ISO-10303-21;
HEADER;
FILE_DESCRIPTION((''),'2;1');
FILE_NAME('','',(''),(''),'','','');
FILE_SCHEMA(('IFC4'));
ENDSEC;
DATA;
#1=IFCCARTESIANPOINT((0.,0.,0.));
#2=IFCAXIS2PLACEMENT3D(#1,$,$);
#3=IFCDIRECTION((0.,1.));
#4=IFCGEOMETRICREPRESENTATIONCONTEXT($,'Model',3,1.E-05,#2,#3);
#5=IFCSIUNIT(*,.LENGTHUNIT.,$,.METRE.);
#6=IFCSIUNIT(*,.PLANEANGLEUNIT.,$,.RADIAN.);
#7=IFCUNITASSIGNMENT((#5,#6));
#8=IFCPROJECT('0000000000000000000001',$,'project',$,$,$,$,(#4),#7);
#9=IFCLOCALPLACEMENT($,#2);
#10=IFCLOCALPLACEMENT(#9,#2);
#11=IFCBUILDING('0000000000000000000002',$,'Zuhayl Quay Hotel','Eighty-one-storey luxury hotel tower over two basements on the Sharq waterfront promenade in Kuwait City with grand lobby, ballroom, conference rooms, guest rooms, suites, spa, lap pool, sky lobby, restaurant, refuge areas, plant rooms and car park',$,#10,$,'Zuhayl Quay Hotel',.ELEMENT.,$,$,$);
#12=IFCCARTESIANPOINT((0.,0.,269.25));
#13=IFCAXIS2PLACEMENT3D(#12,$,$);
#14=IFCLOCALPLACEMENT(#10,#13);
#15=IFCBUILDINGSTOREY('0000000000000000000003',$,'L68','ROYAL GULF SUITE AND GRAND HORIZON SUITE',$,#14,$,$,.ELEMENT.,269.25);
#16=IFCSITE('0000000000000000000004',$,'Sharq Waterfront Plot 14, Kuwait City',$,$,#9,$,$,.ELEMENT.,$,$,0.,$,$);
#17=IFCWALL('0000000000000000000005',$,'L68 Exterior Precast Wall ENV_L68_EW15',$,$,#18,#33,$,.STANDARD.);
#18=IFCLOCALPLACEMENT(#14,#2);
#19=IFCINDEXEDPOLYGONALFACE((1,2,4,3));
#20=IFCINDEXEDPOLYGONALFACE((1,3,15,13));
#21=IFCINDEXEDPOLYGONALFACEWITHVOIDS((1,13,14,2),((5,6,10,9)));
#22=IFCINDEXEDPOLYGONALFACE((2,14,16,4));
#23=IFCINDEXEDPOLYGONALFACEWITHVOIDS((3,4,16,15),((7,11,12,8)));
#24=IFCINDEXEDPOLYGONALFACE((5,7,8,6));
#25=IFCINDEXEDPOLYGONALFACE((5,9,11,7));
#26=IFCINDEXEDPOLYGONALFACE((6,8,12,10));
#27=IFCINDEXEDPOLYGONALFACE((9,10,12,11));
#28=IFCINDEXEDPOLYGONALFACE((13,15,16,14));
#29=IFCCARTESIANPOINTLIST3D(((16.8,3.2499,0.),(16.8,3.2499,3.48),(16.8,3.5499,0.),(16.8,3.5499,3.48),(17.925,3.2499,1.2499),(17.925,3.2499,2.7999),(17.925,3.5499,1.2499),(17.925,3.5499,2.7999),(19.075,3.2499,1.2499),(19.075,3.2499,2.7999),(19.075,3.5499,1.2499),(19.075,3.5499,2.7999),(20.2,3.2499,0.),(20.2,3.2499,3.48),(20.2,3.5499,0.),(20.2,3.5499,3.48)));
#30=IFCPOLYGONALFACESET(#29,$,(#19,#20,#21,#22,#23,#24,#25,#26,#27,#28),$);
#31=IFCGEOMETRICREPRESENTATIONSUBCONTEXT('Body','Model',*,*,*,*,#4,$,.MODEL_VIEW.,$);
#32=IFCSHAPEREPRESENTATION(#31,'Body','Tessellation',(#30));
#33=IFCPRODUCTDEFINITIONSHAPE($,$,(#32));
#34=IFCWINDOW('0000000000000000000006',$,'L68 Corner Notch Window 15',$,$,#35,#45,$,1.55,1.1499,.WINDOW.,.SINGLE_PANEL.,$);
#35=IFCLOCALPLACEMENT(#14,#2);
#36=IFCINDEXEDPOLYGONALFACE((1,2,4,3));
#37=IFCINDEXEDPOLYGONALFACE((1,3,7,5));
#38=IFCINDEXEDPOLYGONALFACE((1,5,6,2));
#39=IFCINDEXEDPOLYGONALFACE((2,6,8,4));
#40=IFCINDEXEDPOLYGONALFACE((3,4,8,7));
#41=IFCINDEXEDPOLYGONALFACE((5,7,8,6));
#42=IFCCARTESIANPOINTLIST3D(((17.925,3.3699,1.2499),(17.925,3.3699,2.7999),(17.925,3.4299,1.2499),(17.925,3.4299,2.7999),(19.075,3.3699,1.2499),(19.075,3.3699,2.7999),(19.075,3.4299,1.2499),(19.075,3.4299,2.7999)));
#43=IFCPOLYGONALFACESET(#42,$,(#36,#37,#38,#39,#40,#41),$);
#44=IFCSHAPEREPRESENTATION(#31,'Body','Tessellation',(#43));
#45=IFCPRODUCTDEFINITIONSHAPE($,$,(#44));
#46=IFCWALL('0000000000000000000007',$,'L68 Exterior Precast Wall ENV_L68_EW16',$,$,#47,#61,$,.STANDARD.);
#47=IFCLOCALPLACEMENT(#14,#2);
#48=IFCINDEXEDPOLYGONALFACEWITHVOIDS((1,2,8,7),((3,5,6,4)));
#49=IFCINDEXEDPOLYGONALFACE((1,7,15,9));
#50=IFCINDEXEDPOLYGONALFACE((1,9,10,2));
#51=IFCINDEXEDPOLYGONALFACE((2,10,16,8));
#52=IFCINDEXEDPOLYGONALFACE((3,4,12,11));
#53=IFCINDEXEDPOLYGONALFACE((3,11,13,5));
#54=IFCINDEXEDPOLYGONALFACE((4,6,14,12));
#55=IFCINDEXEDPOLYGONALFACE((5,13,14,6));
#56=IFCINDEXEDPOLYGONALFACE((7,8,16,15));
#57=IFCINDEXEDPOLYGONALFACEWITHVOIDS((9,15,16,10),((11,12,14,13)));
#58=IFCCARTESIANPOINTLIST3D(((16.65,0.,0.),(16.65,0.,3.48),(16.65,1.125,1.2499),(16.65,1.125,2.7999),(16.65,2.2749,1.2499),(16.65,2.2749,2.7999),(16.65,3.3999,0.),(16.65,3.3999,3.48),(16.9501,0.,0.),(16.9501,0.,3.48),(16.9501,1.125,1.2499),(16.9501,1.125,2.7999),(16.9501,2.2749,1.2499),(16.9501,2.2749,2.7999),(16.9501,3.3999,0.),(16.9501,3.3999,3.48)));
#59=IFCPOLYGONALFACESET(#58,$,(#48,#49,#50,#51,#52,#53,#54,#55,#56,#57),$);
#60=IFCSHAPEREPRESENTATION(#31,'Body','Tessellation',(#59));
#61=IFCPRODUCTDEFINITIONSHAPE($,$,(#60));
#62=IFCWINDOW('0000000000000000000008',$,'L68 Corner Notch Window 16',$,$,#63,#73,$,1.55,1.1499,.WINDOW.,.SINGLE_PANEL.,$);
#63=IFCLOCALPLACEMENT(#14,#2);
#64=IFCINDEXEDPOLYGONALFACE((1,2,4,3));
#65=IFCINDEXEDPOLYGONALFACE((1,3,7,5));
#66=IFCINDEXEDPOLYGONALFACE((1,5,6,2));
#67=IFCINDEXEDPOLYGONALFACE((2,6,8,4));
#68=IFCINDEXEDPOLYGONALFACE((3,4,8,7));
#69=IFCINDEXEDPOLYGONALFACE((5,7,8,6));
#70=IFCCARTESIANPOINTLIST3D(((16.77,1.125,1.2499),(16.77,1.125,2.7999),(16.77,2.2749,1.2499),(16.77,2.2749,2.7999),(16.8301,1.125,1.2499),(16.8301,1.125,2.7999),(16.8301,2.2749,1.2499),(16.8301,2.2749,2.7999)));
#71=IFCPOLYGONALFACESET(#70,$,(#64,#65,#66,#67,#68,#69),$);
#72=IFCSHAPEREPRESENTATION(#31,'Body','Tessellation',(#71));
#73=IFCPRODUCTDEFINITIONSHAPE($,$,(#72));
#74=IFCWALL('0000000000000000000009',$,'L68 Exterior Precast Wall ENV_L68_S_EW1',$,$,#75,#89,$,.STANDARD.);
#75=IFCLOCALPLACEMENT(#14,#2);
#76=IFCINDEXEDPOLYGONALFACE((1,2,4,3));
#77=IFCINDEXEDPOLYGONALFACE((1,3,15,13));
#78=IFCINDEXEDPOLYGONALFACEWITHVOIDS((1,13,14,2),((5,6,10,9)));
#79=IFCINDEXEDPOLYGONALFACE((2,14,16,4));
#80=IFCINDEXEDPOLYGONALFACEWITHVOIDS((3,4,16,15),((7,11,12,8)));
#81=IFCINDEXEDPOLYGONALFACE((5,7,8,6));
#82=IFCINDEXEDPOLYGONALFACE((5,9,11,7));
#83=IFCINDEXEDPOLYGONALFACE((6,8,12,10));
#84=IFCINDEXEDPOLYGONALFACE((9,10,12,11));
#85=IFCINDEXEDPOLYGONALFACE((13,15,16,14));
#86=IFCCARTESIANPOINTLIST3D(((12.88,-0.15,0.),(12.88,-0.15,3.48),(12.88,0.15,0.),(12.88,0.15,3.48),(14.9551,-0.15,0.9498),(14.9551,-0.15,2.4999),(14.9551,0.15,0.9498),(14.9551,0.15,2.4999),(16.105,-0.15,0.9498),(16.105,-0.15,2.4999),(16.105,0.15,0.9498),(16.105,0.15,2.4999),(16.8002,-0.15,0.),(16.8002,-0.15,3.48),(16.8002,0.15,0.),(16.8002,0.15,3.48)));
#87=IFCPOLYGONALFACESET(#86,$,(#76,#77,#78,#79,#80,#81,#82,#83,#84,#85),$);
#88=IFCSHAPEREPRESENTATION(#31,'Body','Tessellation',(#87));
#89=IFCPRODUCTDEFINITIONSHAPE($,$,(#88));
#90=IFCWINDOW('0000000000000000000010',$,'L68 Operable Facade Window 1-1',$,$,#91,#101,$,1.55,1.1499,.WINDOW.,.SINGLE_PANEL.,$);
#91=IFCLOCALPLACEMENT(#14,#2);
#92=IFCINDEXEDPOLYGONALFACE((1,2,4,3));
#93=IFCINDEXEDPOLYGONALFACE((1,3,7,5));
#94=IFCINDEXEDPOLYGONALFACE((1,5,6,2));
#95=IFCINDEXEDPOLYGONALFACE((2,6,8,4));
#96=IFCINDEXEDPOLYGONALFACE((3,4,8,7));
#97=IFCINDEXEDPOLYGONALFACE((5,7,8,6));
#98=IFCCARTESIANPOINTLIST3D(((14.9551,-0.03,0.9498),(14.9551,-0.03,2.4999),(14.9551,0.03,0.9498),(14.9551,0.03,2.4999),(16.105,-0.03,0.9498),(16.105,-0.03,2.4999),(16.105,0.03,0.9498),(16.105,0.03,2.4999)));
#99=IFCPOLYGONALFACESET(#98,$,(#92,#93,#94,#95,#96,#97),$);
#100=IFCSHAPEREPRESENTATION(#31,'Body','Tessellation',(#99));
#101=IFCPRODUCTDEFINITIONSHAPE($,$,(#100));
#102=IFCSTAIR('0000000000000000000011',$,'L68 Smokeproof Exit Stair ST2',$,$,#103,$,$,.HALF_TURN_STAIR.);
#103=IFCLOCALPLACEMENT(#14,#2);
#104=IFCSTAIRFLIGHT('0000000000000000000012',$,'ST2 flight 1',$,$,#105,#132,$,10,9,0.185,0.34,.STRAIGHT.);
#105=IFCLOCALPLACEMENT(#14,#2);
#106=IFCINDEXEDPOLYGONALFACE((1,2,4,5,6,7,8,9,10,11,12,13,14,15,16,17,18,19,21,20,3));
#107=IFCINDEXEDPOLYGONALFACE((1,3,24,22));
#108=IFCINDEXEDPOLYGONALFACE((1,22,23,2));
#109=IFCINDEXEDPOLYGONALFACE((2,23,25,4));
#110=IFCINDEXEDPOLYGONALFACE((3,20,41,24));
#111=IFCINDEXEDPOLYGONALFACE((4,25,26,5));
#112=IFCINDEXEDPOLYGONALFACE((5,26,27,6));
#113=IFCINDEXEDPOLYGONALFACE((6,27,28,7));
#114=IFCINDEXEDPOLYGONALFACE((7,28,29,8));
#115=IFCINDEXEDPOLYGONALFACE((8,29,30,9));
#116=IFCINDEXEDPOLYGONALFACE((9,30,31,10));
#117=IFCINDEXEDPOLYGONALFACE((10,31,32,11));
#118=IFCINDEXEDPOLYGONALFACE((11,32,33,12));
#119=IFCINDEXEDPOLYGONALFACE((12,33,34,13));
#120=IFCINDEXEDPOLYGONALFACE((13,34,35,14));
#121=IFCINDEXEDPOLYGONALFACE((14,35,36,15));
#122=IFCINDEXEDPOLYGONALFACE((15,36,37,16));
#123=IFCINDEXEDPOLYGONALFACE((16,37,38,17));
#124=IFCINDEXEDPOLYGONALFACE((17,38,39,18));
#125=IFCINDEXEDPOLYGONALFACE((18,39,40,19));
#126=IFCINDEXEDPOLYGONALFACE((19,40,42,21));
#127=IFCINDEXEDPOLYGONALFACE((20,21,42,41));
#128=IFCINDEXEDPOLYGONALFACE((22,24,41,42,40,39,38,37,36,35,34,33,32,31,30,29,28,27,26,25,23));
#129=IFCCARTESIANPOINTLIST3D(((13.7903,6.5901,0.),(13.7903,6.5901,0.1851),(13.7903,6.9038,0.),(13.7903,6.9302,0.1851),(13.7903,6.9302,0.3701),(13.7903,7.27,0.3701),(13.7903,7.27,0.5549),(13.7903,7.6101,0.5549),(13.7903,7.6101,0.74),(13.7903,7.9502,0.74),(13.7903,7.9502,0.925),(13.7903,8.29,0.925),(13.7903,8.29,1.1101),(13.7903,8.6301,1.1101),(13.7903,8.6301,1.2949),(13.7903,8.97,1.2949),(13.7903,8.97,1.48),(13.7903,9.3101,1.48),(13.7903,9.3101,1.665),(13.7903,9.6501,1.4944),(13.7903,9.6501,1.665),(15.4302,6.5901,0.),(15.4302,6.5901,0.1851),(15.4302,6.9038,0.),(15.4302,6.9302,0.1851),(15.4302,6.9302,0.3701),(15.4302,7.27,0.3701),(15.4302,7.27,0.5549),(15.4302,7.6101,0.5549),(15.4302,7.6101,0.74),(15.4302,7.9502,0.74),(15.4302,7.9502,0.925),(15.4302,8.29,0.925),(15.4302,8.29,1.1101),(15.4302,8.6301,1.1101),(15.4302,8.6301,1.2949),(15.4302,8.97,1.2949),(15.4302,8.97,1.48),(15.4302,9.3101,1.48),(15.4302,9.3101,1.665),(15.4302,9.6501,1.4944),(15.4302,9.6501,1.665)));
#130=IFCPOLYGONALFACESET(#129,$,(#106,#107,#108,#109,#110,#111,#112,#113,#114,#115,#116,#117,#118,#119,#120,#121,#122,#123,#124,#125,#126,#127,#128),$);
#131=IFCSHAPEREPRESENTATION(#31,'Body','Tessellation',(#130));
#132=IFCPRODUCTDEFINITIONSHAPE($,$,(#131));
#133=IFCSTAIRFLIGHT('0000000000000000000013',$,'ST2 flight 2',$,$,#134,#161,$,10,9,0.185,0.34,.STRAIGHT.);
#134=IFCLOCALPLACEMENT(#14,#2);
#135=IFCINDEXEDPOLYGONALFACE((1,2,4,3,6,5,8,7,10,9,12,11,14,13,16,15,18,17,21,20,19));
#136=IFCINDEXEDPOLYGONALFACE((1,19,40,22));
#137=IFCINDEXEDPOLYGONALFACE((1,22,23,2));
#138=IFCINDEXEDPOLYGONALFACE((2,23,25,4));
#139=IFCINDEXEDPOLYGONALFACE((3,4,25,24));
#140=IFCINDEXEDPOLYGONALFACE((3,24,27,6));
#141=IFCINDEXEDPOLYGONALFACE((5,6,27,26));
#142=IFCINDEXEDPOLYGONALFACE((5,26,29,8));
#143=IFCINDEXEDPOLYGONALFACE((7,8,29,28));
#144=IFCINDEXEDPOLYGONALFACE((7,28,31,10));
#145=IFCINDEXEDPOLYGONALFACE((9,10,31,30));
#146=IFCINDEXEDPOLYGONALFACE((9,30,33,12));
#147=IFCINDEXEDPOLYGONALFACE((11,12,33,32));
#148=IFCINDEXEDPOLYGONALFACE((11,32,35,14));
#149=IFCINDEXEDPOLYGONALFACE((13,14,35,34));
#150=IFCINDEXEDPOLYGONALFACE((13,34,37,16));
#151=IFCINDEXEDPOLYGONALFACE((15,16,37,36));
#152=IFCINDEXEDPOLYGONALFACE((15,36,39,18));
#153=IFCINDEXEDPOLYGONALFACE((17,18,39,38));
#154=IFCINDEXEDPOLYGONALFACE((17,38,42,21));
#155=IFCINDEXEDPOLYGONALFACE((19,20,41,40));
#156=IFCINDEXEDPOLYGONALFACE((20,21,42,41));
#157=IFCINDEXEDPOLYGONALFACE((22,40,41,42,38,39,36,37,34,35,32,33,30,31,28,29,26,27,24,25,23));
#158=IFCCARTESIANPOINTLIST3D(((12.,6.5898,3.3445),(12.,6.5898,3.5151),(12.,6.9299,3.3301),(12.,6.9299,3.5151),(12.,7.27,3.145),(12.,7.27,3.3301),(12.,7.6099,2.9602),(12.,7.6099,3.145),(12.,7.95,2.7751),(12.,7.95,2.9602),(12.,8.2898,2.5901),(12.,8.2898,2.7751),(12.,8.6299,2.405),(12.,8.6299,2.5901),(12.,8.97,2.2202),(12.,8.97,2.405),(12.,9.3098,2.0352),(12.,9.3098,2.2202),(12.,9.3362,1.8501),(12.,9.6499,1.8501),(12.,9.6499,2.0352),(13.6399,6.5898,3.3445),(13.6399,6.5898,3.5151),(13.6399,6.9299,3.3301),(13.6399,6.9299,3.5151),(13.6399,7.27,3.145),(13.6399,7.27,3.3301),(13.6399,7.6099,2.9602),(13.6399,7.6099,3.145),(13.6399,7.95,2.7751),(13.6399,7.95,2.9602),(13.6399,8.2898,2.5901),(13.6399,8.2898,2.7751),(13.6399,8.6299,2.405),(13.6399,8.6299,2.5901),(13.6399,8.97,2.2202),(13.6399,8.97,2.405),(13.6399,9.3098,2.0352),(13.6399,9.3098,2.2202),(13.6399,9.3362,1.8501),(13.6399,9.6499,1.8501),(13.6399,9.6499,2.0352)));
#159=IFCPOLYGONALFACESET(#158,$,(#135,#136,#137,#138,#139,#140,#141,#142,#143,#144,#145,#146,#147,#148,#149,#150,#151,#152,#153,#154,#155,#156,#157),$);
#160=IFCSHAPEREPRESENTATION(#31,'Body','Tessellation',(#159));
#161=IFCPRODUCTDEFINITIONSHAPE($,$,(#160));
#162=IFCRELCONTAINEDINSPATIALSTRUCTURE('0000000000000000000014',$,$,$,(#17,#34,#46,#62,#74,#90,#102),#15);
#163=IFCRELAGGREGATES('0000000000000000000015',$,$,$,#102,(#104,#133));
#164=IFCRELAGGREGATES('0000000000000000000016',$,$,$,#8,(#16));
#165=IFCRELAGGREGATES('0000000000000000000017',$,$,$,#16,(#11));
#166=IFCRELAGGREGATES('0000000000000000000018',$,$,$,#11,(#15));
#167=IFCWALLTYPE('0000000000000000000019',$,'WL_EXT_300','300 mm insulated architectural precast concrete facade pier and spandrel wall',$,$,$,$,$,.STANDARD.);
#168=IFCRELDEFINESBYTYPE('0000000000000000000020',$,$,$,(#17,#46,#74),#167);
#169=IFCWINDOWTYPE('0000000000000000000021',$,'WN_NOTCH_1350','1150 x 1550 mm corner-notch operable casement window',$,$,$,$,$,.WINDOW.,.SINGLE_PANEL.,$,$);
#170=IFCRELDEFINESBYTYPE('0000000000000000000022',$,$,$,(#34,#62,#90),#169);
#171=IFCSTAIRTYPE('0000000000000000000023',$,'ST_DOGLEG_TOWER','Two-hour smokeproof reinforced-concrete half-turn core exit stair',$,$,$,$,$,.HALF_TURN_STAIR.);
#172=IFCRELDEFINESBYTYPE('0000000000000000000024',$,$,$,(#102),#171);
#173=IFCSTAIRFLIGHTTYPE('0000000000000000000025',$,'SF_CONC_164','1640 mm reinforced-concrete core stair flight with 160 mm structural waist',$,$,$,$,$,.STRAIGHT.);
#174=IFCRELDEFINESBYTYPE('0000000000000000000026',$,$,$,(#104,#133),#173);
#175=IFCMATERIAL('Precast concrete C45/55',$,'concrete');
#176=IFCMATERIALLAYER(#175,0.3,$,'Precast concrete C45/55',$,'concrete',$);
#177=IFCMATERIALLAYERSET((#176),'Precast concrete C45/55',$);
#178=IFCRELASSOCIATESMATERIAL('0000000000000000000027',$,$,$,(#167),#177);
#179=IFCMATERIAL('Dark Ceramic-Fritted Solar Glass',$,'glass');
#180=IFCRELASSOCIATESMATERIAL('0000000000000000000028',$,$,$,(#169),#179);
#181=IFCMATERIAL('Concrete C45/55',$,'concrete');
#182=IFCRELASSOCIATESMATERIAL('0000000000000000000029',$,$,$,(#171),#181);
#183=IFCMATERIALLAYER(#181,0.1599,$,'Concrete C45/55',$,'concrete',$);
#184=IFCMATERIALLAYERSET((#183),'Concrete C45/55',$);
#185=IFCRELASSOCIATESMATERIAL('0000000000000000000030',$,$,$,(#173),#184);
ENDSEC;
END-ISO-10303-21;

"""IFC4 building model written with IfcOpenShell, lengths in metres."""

from ifc_helpers import new_model, si_unit, direction, frame, frame_2d, origin, place, context, subcontext, project, spatial, polyline, rectangle, outline, extrude, material, layer, layer_set, type_object, element, fill, aggregate, save


model = new_model("IFC4")

# Units and contexts
model_context = context("Model", 3, precision=1e-05, world=origin(), true_north=direction((0.0, 1.0)))
body_context = subcontext(model_context, "Body", "Model", "MODEL_VIEW")
ifc_project = project(units=[si_unit("LENGTHUNIT", "METRE"), si_unit("PLANEANGLEUNIT", "RADIAN")], contexts=[model_context])

# Site, building, storey
site_placement = place(None, origin())
site = spatial("IfcSite", under=ifc_project, at=site_placement, Name="Sharq Waterfront Plot 14, Kuwait City", CompositionType="ELEMENT", RefElevation=0.0)
building_placement = place(site_placement, origin())
building = spatial("IfcBuilding", under=site, at=building_placement, Name="Zuhayl Quay Hotel", Description="Eighty-one-storey luxury hotel tower over two basements on the Sharq waterfront promenade in Kuwait City with grand lobby, ballroom, conference rooms, guest rooms, suites, spa, lap pool, sky lobby, restaurant, refuge areas, plant rooms and car park", LongName="Zuhayl Quay Hotel", CompositionType="ELEMENT")
storey_placement = place(building_placement, frame((0.0, 0.0, 269.25)))
storey = spatial("IfcBuildingStorey", under=building, at=storey_placement, Name="L68", Description="ROYAL GULF SUITE AND GRAND HORIZON SUITE", CompositionType="ELEMENT", Elevation=269.25)

# Shared definitions
ifc_material_1 = material(Name="Dark Ceramic-Fritted Solar Glass", Category="glass")

# Shared definitions
ifc_material_2 = material(Name="Precast concrete C45/55", Category="concrete")
ifc_layer_1 = layer(ifc_material_2, 0.3, Name="Precast concrete C45/55", Category="concrete")
ifc_layer_set_1 = layer_set([ifc_layer_1], Name="Precast concrete C45/55")
wall_type_1 = type_object("IfcWallType", Name="WL_EXT_300", Description="300 mm insulated architectural precast concrete facade pier and spandrel wall", PredefinedType="STANDARD", material=ifc_layer_set_1)

# Walls, openings, windows
wall_1_placement = place(storey_placement, frame((20.2, 3.3999, 0.0), z_axis=(0.0, 0.0, 1.0), x_axis=(-1.0, 0.0, 0.0)))
wall_1 = element("IfcWall", 1, at=wall_1_placement, inside=storey, type_object=wall_type_1, Name="L68 Exterior Precast Wall ENV_L68_EW15", PredefinedType="STANDARD", context=body_context, shape_type="SweptSolid", body=[
    extrude(rectangle(XDim=3.3999, YDim=0.3, at=frame_2d((1.7, 0.0))), origin(), (0.0, 0.0, 1.0), 3.48),
])
opening_1_placement = place(wall_1_placement, frame((1.125, 0.0, 1.25)))
opening_1 = element("IfcOpeningElement", 2, at=opening_1_placement, cuts=wall_1, PredefinedType="OPENING", context=body_context, shape_type="SweptSolid", body=[
    extrude(rectangle(XDim=1.1499, YDim=1.55, at=frame_2d((0.575, 0.7749))), frame((0.0, 0.1599, 0.0), z_axis=(0.0, -1.0, 0.0), x_axis=(1.0, 0.0, 0.0)), (0.0, 0.0, 1.0), 0.3201),
])
window_type = type_object("IfcWindowType", Name="WN_NOTCH_1350", Description="1150 x 1550 mm corner-notch operable casement window", PartitioningType="SINGLE_PANEL", PredefinedType="WINDOW", material=ifc_material_1)
window_1_placement = place(opening_1_placement, origin())
window_1 = element("IfcWindow", 3, at=window_1_placement, inside=storey, type_object=window_type, Name="L68 Corner Notch Window 15", OverallHeight=1.55, OverallWidth=1.1499, PartitioningType="SINGLE_PANEL", PredefinedType="WINDOW", context=body_context, shape_type="SweptSolid", body=[
    extrude(rectangle(XDim=1.1499, YDim=1.55, at=frame_2d((0.575, 0.7749))), frame((0.0, 0.03, 0.0), z_axis=(0.0, -1.0, 0.0), x_axis=(1.0, 0.0, 0.0)), (0.0, 0.0, 1.0), 0.0601),
])
fill(opening_1, window_1)
wall_2_placement = place(storey_placement, frame((16.8, 3.3999, 0.0), z_axis=(0.0, 0.0, 1.0), x_axis=(0.0, -1.0, 0.0)))
wall_2 = element("IfcWall", 4, at=wall_2_placement, inside=storey, type_object=wall_type_1, Name="L68 Exterior Precast Wall ENV_L68_EW16", PredefinedType="STANDARD", context=body_context, shape_type="SweptSolid", body=[
    extrude(rectangle(XDim=3.3999, YDim=0.3, at=frame_2d((1.7, 0.0))), origin(), (0.0, 0.0, 1.0), 3.48),
])
opening_2_placement = place(wall_2_placement, frame((1.125, 0.0, 1.25)))
opening_2 = element("IfcOpeningElement", 5, at=opening_2_placement, cuts=wall_2, PredefinedType="OPENING", context=body_context, shape_type="SweptSolid", body=[
    extrude(rectangle(XDim=1.1499, YDim=1.55, at=frame_2d((0.575, 0.7749))), frame((0.0, 0.1599, 0.0), z_axis=(0.0, -1.0, 0.0), x_axis=(1.0, 0.0, 0.0)), (0.0, 0.0, 1.0), 0.3201),
])
window_2_placement = place(opening_2_placement, origin())
window_2 = element("IfcWindow", 6, at=window_2_placement, inside=storey, type_object=window_type, Name="L68 Corner Notch Window 16", OverallHeight=1.55, OverallWidth=1.1499, PartitioningType="SINGLE_PANEL", PredefinedType="WINDOW", context=body_context, shape_type="SweptSolid", body=[
    extrude(rectangle(XDim=1.1499, YDim=1.55, at=frame_2d((0.575, 0.7749))), frame((0.0, 0.03, 0.0), z_axis=(0.0, -1.0, 0.0), x_axis=(1.0, 0.0, 0.0)), (0.0, 0.0, 1.0), 0.0601),
])
fill(opening_2, window_2)
wall_3_placement = place(storey_placement, frame((16.8, 0.0, 0.0), z_axis=(0.0, 0.0, 1.0), x_axis=(-1.0, 0.0, 0.0)))
wall_3 = element("IfcWall", 7, at=wall_3_placement, inside=storey, type_object=wall_type_1, Name="L68 Exterior Precast Wall ENV_L68_S_EW1", PredefinedType="STANDARD", context=body_context, shape_type="SweptSolid", body=[
    extrude(rectangle(XDim=3.9202, YDim=0.3, at=frame_2d((1.96, 0.0))), origin(), (0.0, 0.0, 1.0), 3.48),
])
opening_3_placement = place(wall_3_placement, frame((0.6951, 0.0, 0.95)))
opening_3 = element("IfcOpeningElement", 8, at=opening_3_placement, cuts=wall_3, PredefinedType="OPENING", context=body_context, shape_type="SweptSolid", body=[
    extrude(rectangle(XDim=1.1499, YDim=1.55, at=frame_2d((0.575, 0.7749))), frame((0.0, 0.1599, 0.0), z_axis=(0.0, -1.0, 0.0), x_axis=(1.0, 0.0, 0.0)), (0.0, 0.0, 1.0), 0.3201),
])
window_3_placement = place(opening_3_placement, origin())
window_3 = element("IfcWindow", 9, at=window_3_placement, inside=storey, type_object=window_type, Name="L68 Operable Facade Window 1-1", OverallHeight=1.55, OverallWidth=1.1499, PartitioningType="SINGLE_PANEL", PredefinedType="WINDOW", context=body_context, shape_type="SweptSolid", body=[
    extrude(rectangle(XDim=1.1499, YDim=1.55, at=frame_2d((0.575, 0.7749))), frame((0.0, 0.03, 0.0), z_axis=(0.0, -1.0, 0.0), x_axis=(1.0, 0.0, 0.0)), (0.0, 0.0, 1.0), 0.0601),
])
fill(opening_3, window_3)

# Stair, stair flights
ifc_material_3 = material(Name="Concrete C45/55", Category="concrete")
stair_type = type_object("IfcStairType", Name="ST_DOGLEG_TOWER", Description="Two-hour smokeproof reinforced-concrete half-turn core exit stair", PredefinedType="HALF_TURN_STAIR", material=ifc_material_3)
stair_placement = place(storey_placement, origin())
stair = element("IfcStair", 10, at=stair_placement, inside=storey, type_object=stair_type, Name="L68 Smokeproof Exit Stair ST2", PredefinedType="HALF_TURN_STAIR")
ifc_layer_2 = layer(ifc_material_3, 0.1599, Name="Concrete C45/55", Category="concrete")
ifc_layer_set_2 = layer_set([ifc_layer_2], Name="Concrete C45/55")
stair_flight_type = type_object("IfcStairFlightType", Name="SF_CONC_164", Description="1640 mm reinforced-concrete core stair flight with 160 mm structural waist", PredefinedType="STRAIGHT", material=ifc_layer_set_2)
stair_flight_1_placement = place(storey_placement, frame((14.6101, 6.5901, 0.0), z_axis=(0.0, 0.0, 1.0), x_axis=(0.0, 1.0, 0.0)))
stair_flight_1 = element("IfcStairFlight", 11, at=stair_flight_1_placement, type_object=stair_flight_type, Name="ST2 flight 1", NumberOfRisers=10, NumberOfTreads=9, PredefinedType="STRAIGHT", RiserHeight=0.185, TreadLength=0.34, context=body_context, shape_type="SweptSolid", body=[
    extrude(outline(polyline([(0.0, 0.0), (0.0, 0.1851), (0.3401, 0.1851), (0.3401, 0.3701), (0.6799, 0.3701), (0.6799, 0.5549), (1.02, 0.5549), (1.02, 0.74), (1.3601, 0.74), (1.3601, 0.925), (1.7, 0.925), (1.7, 1.1101), (2.04, 1.1101), (2.04, 1.2949), (2.3799, 1.2949), (2.3799, 1.48), (2.72, 1.48), (2.72, 1.665), (3.0601, 1.665), (3.0601, 1.8501), (3.0601, 1.4944), (0.3137, 0.0), (0.0, 0.0)])), frame((0.0, 0.8198, 0.0), z_axis=(0.0, -1.0, 0.0), x_axis=(1.0, 0.0, 0.0)), (0.0, 0.0, 1.0), 1.6399),
])
stair_flight_2_placement = place(storey_placement, frame((12.8201, 9.6499, 1.8501), z_axis=(0.0, 0.0, 1.0), x_axis=(0.0, -1.0, 0.0)))
stair_flight_2 = element("IfcStairFlight", 12, at=stair_flight_2_placement, type_object=stair_flight_type, Name="ST2 flight 2", NumberOfRisers=10, NumberOfTreads=9, PredefinedType="STRAIGHT", RiserHeight=0.185, TreadLength=0.34, context=body_context, shape_type="SweptSolid", body=[
    extrude(outline(polyline([(0.0, 0.0), (0.0, 0.1851), (0.3401, 0.1851), (0.3401, 0.3701), (0.6799, 0.3701), (0.6799, 0.5549), (1.02, 0.5549), (1.02, 0.74), (1.3601, 0.74), (1.3601, 0.925), (1.7, 0.925), (1.7, 1.1101), (2.04, 1.1101), (2.04, 1.2949), (2.3799, 1.2949), (2.3799, 1.48), (2.72, 1.48), (2.72, 1.665), (3.0601, 1.665), (3.0601, 1.8501), (3.0601, 1.4944), (0.3137, 0.0), (0.0, 0.0)])), frame((0.0, 0.8198, 0.0), z_axis=(0.0, -1.0, 0.0), x_axis=(1.0, 0.0, 0.0)), (0.0, 0.0, 1.0), 1.6399),
])
aggregate(stair, [stair_flight_1, stair_flight_2])

save(model, "model.ifc")
